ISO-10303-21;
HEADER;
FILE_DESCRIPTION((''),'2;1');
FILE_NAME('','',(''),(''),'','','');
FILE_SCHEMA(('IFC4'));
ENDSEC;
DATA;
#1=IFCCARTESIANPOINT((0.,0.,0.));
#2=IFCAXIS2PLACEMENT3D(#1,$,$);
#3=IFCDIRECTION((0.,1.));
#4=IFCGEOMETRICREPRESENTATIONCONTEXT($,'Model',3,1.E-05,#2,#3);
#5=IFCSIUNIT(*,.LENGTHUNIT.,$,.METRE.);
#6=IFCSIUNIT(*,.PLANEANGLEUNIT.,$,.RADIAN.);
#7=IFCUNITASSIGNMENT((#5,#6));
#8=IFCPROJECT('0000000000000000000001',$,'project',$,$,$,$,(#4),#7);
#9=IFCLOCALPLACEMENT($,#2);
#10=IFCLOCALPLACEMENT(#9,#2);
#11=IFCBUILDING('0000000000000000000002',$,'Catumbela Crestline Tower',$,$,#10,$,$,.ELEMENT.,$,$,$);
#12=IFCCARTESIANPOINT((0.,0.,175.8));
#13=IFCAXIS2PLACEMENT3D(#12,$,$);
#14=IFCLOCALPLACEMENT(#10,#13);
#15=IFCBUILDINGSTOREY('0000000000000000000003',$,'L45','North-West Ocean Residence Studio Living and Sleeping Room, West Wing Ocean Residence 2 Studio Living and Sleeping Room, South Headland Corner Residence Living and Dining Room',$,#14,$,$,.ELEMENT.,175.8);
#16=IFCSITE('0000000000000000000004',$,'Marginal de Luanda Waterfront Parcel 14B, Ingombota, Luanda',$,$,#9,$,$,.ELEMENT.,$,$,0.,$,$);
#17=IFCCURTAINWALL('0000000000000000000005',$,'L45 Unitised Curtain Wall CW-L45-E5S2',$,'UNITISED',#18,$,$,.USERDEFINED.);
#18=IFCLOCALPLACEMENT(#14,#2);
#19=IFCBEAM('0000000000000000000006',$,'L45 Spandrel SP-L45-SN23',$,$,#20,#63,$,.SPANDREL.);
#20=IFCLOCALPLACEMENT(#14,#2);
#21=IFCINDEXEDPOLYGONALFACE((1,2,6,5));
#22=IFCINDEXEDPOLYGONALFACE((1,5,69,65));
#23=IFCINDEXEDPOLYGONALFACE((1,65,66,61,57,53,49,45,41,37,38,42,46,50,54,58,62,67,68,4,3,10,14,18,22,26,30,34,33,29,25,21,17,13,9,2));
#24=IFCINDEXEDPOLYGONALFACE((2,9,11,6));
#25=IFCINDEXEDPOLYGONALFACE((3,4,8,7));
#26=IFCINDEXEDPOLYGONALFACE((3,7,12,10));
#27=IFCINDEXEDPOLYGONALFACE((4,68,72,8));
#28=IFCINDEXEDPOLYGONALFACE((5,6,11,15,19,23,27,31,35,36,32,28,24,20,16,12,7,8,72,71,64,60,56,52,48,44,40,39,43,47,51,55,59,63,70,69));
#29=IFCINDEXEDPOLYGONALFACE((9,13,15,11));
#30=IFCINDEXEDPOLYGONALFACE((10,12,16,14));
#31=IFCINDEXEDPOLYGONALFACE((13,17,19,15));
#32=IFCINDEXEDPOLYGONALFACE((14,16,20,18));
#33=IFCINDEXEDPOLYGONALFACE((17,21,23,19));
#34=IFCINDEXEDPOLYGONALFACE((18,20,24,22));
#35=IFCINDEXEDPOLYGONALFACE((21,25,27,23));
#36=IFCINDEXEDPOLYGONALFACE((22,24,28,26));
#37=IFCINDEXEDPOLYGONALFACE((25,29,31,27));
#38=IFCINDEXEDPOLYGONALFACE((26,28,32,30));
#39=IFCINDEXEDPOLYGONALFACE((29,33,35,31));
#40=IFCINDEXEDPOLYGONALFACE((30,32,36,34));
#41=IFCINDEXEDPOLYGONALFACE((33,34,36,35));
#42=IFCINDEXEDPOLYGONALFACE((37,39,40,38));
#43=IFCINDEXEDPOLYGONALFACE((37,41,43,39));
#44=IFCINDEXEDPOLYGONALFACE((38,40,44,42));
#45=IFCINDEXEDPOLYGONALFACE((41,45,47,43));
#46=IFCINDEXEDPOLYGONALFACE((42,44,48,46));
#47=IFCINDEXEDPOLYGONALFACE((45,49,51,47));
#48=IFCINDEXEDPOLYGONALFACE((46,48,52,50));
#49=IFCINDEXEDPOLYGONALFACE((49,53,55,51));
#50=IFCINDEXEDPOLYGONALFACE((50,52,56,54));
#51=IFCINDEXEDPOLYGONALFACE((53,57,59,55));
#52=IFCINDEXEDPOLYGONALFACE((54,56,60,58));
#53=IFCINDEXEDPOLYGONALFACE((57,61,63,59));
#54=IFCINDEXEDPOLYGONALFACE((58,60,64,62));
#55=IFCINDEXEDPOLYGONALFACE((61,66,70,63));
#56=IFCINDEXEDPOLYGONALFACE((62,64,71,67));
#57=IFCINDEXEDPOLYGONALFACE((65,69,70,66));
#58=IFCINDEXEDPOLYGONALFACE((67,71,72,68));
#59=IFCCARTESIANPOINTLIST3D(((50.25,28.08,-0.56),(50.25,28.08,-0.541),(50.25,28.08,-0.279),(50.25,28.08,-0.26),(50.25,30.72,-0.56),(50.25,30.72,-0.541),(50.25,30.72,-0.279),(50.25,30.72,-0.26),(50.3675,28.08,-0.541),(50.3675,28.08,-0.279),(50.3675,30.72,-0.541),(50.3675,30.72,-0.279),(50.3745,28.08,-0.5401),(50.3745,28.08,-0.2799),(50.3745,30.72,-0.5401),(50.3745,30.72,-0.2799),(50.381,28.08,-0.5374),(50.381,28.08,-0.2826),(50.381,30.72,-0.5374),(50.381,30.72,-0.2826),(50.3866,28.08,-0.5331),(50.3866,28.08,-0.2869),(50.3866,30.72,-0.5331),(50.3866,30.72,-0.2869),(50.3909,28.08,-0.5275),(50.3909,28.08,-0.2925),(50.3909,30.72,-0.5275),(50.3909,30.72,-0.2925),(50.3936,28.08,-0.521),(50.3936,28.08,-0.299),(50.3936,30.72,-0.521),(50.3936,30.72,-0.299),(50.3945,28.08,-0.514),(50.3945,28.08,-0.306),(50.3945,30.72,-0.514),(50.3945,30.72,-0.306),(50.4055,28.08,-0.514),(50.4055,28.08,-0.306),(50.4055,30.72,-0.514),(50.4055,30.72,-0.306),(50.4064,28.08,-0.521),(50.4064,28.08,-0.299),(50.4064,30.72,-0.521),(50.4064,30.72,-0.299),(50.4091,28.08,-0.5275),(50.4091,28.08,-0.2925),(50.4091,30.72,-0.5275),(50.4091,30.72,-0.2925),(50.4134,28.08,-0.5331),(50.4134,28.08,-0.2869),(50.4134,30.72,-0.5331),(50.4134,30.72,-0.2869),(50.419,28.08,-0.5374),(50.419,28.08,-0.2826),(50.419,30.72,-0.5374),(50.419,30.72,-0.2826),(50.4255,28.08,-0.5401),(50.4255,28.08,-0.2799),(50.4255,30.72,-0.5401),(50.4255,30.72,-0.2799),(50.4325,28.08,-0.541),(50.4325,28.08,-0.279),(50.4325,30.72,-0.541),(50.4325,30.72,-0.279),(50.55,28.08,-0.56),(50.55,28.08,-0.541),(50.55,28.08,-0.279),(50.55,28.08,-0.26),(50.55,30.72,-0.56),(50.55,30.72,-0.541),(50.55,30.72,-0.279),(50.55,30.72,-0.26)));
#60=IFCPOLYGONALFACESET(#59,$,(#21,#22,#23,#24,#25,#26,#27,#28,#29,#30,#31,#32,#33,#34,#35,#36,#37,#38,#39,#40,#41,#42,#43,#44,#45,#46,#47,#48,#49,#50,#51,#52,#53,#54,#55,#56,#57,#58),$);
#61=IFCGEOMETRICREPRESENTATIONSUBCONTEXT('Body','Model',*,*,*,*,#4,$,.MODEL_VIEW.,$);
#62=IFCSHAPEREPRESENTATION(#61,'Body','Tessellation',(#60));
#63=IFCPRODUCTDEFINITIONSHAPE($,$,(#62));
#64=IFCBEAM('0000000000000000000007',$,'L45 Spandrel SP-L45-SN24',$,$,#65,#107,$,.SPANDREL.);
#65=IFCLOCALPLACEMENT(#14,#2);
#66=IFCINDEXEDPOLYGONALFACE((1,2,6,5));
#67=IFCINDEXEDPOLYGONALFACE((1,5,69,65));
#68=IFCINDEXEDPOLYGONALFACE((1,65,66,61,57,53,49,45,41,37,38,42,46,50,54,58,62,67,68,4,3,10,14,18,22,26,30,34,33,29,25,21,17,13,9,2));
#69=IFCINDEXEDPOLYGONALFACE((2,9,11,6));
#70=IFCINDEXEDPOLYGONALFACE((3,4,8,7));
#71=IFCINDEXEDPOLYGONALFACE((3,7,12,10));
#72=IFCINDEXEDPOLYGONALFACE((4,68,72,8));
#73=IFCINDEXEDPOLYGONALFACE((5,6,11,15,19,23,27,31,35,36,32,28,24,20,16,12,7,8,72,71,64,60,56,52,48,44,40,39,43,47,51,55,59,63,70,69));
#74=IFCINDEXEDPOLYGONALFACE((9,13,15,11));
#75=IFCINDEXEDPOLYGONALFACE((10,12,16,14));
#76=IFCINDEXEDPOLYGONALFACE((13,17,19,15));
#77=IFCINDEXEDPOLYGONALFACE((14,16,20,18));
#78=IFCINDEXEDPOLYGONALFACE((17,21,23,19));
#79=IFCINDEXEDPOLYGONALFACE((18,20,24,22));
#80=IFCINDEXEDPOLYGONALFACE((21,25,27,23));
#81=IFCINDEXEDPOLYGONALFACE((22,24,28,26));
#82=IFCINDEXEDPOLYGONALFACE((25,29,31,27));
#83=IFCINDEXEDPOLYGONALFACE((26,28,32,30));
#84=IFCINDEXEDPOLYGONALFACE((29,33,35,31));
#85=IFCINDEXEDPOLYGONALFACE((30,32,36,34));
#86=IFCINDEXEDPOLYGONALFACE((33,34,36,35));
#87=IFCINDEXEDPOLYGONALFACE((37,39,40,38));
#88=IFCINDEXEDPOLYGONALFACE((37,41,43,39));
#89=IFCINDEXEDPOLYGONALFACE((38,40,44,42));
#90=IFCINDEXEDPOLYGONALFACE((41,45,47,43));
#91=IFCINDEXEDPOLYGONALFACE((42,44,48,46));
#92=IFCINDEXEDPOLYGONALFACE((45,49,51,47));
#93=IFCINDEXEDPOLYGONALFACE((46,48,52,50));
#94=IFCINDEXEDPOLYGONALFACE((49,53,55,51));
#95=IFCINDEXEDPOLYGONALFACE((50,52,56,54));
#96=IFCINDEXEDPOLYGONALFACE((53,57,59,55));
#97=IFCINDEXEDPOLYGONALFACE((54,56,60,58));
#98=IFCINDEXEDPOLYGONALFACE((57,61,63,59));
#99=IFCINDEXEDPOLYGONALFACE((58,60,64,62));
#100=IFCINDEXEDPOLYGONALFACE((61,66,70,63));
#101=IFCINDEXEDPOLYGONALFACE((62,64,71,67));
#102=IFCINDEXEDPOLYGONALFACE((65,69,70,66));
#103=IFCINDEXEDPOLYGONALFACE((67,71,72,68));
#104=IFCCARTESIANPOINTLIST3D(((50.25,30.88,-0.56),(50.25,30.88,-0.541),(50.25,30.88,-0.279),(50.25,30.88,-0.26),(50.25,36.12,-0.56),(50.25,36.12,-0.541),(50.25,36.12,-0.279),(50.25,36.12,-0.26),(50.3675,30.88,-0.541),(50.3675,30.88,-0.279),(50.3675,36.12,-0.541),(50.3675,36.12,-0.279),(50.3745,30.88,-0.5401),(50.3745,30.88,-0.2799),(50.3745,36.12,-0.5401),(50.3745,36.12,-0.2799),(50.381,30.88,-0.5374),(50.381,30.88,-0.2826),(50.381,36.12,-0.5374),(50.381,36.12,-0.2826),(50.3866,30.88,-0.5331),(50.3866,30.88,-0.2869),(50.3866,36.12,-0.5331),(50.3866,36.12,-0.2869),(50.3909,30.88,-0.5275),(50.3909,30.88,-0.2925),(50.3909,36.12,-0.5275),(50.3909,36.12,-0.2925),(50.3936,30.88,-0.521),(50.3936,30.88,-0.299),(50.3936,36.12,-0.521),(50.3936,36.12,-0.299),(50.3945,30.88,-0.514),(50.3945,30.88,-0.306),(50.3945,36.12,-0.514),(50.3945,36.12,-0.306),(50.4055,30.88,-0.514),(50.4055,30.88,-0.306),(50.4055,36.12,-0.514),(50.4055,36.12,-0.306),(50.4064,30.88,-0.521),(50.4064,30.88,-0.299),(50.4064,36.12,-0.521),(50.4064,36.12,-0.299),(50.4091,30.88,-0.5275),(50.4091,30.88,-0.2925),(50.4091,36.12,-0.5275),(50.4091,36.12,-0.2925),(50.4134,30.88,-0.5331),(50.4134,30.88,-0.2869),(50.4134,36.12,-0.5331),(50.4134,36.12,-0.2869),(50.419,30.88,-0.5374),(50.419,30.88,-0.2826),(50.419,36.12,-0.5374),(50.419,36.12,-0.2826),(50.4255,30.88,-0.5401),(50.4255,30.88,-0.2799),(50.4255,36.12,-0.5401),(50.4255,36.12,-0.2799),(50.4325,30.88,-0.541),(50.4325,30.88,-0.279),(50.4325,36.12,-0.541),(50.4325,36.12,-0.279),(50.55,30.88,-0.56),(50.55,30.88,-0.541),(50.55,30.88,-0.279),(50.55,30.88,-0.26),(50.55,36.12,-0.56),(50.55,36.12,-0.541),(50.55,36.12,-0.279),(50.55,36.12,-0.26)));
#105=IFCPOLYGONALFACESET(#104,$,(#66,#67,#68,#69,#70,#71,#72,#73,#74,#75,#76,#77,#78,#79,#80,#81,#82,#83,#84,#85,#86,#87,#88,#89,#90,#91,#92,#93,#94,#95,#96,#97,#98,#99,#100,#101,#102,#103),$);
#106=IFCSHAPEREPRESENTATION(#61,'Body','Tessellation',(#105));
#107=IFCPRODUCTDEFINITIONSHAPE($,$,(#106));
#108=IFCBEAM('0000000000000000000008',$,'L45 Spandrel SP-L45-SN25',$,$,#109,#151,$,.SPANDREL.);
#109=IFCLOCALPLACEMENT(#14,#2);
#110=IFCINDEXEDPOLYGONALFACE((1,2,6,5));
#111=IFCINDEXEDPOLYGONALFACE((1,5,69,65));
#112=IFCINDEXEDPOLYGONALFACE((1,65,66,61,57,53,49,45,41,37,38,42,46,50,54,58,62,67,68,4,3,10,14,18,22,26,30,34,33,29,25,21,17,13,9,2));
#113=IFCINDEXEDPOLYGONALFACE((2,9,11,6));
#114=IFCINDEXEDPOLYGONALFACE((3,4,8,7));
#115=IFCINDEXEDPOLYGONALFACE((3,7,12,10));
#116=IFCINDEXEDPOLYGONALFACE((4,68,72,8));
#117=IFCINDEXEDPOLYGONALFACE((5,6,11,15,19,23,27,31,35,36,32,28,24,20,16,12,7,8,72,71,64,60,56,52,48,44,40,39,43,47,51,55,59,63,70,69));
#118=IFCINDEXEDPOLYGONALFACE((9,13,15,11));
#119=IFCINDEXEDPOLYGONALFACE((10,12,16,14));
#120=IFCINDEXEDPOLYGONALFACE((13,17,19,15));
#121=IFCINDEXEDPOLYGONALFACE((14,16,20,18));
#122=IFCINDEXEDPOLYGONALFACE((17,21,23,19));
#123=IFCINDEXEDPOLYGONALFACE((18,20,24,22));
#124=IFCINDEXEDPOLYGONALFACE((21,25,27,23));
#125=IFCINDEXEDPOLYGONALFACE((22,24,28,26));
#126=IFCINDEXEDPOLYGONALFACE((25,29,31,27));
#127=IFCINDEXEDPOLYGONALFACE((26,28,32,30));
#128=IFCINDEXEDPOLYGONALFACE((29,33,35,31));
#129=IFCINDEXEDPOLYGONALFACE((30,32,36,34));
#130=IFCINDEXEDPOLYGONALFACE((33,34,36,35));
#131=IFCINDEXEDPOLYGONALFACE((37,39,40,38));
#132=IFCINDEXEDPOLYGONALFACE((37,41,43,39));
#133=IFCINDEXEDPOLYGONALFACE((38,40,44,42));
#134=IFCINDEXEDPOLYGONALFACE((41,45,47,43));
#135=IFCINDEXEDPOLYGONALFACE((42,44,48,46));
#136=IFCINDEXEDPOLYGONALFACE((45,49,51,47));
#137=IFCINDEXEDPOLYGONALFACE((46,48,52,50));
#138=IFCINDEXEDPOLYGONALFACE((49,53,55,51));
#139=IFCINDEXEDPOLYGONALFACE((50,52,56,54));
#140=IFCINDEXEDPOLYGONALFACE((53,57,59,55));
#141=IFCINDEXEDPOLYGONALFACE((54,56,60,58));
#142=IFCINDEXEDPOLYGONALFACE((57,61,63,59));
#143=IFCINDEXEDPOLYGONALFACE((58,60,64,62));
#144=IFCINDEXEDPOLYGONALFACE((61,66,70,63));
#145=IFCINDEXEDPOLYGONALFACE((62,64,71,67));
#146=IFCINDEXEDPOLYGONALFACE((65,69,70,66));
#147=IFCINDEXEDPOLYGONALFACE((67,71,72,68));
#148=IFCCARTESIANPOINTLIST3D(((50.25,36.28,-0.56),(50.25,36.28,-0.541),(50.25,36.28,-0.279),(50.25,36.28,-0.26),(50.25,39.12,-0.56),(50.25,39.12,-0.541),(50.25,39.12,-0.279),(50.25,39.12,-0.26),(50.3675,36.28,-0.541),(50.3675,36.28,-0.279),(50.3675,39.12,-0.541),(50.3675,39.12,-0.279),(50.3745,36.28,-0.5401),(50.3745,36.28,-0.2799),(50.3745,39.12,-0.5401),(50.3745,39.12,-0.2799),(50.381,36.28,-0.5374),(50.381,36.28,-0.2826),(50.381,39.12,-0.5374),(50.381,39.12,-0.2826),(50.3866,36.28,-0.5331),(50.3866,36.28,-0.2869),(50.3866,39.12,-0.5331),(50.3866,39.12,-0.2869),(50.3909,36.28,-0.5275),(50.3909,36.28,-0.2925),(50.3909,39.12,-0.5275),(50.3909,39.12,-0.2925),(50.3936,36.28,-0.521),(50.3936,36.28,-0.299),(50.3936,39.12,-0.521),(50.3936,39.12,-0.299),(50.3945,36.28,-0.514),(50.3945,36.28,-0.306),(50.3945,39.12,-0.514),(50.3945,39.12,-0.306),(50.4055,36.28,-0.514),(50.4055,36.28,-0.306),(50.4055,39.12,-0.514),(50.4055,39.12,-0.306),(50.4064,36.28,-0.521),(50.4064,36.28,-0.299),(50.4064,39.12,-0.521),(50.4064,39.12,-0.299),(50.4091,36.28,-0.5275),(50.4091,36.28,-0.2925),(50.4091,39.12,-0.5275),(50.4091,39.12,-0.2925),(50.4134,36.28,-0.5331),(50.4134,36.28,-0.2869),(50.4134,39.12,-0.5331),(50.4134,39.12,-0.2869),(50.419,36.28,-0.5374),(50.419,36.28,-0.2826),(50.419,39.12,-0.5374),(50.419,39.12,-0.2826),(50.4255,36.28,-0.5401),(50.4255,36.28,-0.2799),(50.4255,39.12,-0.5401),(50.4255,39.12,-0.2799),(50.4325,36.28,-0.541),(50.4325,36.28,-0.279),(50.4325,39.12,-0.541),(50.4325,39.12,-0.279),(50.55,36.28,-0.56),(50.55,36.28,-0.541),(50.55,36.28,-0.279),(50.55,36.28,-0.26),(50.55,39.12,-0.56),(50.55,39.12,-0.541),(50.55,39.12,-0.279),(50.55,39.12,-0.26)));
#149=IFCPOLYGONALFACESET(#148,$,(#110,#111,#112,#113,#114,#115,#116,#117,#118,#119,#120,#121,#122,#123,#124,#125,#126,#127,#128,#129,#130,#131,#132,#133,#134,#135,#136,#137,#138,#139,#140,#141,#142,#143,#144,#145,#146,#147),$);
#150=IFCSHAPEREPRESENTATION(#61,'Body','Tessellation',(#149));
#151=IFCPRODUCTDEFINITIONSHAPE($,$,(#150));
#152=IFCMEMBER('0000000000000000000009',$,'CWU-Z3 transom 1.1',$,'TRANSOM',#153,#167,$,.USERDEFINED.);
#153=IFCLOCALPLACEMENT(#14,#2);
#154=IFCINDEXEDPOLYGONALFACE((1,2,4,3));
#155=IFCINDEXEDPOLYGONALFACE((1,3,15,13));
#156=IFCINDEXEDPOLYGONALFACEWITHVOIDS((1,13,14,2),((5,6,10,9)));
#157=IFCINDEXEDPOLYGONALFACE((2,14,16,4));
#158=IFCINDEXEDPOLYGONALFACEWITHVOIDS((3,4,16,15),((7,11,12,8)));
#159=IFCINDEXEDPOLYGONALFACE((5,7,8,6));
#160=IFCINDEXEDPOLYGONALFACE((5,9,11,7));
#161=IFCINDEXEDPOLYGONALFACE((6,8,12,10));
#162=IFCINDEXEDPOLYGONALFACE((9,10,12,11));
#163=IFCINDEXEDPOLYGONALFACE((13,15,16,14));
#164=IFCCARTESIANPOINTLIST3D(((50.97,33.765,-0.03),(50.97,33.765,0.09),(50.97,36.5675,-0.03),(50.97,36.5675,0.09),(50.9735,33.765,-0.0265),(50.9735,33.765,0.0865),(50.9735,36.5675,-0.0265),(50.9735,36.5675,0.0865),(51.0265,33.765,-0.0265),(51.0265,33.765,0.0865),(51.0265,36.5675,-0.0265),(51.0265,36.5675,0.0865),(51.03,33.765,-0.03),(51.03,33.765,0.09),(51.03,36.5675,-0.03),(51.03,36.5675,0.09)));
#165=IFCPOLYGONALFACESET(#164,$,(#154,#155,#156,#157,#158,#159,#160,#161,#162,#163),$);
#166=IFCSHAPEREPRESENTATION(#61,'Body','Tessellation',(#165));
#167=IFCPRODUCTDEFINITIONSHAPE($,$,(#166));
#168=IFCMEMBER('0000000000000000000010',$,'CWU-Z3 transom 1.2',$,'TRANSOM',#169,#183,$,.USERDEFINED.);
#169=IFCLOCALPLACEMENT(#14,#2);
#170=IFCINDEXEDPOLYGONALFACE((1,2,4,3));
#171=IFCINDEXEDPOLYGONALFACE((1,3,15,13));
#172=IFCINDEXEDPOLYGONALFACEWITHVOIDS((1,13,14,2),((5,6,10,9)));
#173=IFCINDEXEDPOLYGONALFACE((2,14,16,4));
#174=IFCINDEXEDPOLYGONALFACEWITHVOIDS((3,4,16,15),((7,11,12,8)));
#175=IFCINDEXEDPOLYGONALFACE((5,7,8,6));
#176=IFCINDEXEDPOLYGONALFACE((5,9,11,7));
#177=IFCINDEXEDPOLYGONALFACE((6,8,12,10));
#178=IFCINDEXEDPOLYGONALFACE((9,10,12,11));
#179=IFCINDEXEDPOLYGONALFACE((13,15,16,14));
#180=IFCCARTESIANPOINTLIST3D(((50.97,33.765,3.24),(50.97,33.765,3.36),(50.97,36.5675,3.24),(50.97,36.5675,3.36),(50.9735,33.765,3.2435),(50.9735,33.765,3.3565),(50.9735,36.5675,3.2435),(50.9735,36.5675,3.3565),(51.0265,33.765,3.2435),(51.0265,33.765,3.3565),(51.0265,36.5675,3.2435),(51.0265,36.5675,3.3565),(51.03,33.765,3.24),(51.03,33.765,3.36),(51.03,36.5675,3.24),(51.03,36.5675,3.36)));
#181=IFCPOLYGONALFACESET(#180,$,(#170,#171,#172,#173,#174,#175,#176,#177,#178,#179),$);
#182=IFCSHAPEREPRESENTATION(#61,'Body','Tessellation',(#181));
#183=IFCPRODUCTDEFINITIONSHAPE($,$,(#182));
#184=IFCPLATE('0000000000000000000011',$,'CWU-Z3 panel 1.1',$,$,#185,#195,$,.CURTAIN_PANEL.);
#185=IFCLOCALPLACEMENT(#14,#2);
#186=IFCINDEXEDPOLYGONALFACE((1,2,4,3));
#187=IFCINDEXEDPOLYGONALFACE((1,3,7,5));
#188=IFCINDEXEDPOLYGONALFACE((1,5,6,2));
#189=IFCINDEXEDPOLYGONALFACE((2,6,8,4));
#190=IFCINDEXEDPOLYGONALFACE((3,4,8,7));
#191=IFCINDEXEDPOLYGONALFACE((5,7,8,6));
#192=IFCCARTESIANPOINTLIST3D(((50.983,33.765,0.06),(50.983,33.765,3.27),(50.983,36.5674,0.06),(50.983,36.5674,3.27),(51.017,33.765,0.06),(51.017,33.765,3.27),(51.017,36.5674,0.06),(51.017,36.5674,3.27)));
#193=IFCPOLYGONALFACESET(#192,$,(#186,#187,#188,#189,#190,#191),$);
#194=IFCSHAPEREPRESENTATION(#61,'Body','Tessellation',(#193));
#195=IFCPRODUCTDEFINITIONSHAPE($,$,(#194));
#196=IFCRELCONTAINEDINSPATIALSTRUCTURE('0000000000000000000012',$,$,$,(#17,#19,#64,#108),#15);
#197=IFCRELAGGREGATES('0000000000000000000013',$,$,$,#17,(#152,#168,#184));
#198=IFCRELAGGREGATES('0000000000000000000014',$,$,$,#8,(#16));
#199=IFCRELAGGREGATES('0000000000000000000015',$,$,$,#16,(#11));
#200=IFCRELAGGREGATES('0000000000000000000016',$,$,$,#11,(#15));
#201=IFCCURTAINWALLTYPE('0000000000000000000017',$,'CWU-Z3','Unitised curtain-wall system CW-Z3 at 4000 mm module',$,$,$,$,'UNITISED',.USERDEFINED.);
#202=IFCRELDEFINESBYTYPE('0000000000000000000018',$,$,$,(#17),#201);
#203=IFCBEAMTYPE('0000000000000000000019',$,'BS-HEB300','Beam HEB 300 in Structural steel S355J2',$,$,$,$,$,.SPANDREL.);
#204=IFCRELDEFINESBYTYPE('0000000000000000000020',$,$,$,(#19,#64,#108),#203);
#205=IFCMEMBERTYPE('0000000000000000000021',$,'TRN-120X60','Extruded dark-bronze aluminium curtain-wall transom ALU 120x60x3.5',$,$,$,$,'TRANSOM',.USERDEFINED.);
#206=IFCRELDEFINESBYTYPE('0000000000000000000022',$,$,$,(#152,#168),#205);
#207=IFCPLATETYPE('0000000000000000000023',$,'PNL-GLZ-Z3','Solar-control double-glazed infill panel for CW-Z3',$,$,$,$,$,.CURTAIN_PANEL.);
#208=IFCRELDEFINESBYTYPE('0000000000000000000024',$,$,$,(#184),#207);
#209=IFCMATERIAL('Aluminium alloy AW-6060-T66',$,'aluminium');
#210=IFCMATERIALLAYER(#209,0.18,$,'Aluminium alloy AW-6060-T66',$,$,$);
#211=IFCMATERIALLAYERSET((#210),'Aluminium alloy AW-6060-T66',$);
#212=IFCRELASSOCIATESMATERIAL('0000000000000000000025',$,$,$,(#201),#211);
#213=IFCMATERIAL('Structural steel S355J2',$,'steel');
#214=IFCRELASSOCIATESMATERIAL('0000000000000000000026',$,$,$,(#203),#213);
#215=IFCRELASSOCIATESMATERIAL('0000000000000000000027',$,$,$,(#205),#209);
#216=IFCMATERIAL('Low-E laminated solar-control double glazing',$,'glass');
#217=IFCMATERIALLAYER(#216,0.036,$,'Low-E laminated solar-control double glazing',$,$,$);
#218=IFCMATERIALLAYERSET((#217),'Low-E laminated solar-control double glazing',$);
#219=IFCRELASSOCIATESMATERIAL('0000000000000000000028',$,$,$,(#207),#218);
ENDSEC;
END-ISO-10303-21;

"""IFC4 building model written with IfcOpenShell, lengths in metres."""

from ifc_helpers import new_model, si_unit, direction, frame, origin, origin_2d, place, context, subcontext, project, spatial, rectangle, hollow_rectangle, i_section, extrude, material, layer, layer_set, material_profile, profile_set, type_object, element, aggregate, save


model = new_model("IFC4")

# Units and contexts
model_context = context("Model", 3, precision=1e-05, world=origin(), true_north=direction((0.0, 1.0)))
body_context = subcontext(model_context, "Body", "Model", "MODEL_VIEW")
ifc_project = project(units=[si_unit("LENGTHUNIT", "METRE"), si_unit("PLANEANGLEUNIT", "RADIAN")], contexts=[model_context])

# Site, building, storey
site_placement = place(None, origin())
site = spatial("IfcSite", under=ifc_project, at=site_placement, Name="Marginal de Luanda Waterfront Parcel 14B, Ingombota, Luanda", CompositionType="ELEMENT", RefElevation=0.0)
building_placement = place(site_placement, origin())
building = spatial("IfcBuilding", under=site, at=building_placement, Name="Catumbela Crestline Tower", CompositionType="ELEMENT")
storey_placement = place(building_placement, frame((0.0, 0.0, 175.8)))
storey = spatial("IfcBuildingStorey", under=building, at=storey_placement, Name="L45", Description="North-West Ocean Residence Studio Living and Sleeping Room, West Wing Ocean Residence 2 Studio Living and Sleeping Room, South Headland Corner Residence Living and Dining Room", CompositionType="ELEMENT", Elevation=175.8)

# Shared definitions
ifc_material_1 = material(Name="Structural steel S355J2", Category="steel")

# Curtain wall
ifc_material_2 = material(Name="Aluminium alloy AW-6060-T66", Category="aluminium")
ifc_layer_1 = layer(ifc_material_2, 0.18, Name="Aluminium alloy AW-6060-T66")
ifc_layer_set_1 = layer_set([ifc_layer_1], Name="Aluminium alloy AW-6060-T66")
curtain_wall_type = type_object("IfcCurtainWallType", Name="CWU-Z3", Description="Unitised curtain-wall system CW-Z3 at 4000 mm module", ElementType="UNITISED", PredefinedType="USERDEFINED", material=ifc_layer_set_1)
curtain_wall_placement = place(storey_placement, origin())
curtain_wall = element("IfcCurtainWall", 1, at=curtain_wall_placement, inside=storey, type_object=curtain_wall_type, Name="L45 Unitised Curtain Wall CW-L45-E5S2", ObjectType="UNITISED", PredefinedType="USERDEFINED")

# Beams
ifc_material_profile_1 = material_profile(ifc_material_1, i_section(OverallWidth=0.3, OverallDepth=0.3, WebThickness=0.011, FlangeThickness=0.019, FilletRadius=0.027, at=origin_2d()), Name="HEB 300")
ifc_profile_set_1 = profile_set([ifc_material_profile_1], Name="Structural steel S355J2")
beam_type_1 = type_object("IfcBeamType", Name="BS-HEB300", Description="Beam HEB 300 in Structural steel S355J2", PredefinedType="SPANDREL", material=ifc_profile_set_1)
beam_1_placement = place(storey_placement, frame((50.4, 28.08, -0.41), z_axis=(0.0, 1.0, 0.0), x_axis=(-1.0, 0.0, 0.0)))
element("IfcBeam", 2, at=beam_1_placement, inside=storey, type_object=beam_type_1, Name="L45 Spandrel SP-L45-SN23", PredefinedType="SPANDREL", context=body_context, shape_type="SweptSolid", body=[
    extrude(i_section(OverallWidth=0.3, OverallDepth=0.3, WebThickness=0.011, FlangeThickness=0.019, FilletRadius=0.027, at=origin_2d()), origin(), (0.0, 0.0, 1.0), 2.64),
])
beam_2_placement = place(storey_placement, frame((50.4, 30.88, -0.41), z_axis=(0.0, 1.0, 0.0), x_axis=(-1.0, 0.0, 0.0)))
element("IfcBeam", 3, at=beam_2_placement, inside=storey, type_object=beam_type_1, Name="L45 Spandrel SP-L45-SN24", PredefinedType="SPANDREL", context=body_context, shape_type="SweptSolid", body=[
    extrude(i_section(OverallWidth=0.3, OverallDepth=0.3, WebThickness=0.011, FlangeThickness=0.019, FilletRadius=0.027, at=origin_2d()), origin(), (0.0, 0.0, 1.0), 5.24),
])
beam_3_placement = place(storey_placement, frame((50.4, 36.28, -0.41), z_axis=(0.0, 1.0, 0.0), x_axis=(-1.0, 0.0, 0.0)))
element("IfcBeam", 4, at=beam_3_placement, inside=storey, type_object=beam_type_1, Name="L45 Spandrel SP-L45-SN25", PredefinedType="SPANDREL", context=body_context, shape_type="SweptSolid", body=[
    extrude(i_section(OverallWidth=0.3, OverallDepth=0.3, WebThickness=0.011, FlangeThickness=0.019, FilletRadius=0.027, at=origin_2d()), origin(), (0.0, 0.0, 1.0), 2.84),
])

# Members
ifc_material_profile_2 = material_profile(ifc_material_2, hollow_rectangle(XDim=0.06, YDim=0.12, WallThickness=0.0035, at=origin_2d()), Name="ALU 120x60x3.5")
ifc_profile_set_2 = profile_set([ifc_material_profile_2], Name="Aluminium alloy AW-6060-T66")
member_type_1 = type_object("IfcMemberType", Name="TRN-120X60", Description="Extruded dark-bronze aluminium curtain-wall transom ALU 120x60x3.5", ElementType="TRANSOM", PredefinedType="USERDEFINED", material=ifc_profile_set_2)
member_1_placement = place(storey_placement, frame((51.0, 33.765, 0.03), z_axis=(0.0, 1.0, 0.0), x_axis=(-1.0, 0.0, 0.0)))
member_1 = element("IfcMember", 5, at=member_1_placement, type_object=member_type_1, Name="CWU-Z3 transom 1.1", ObjectType="TRANSOM", PredefinedType="USERDEFINED", context=body_context, shape_type="SweptSolid", body=[
    extrude(hollow_rectangle(XDim=0.06, YDim=0.12, WallThickness=0.0035, at=origin_2d()), origin(), (0.0, 0.0, 1.0), 2.8025),
])
member_2_placement = place(storey_placement, frame((51.0, 33.765, 3.3), z_axis=(0.0, 1.0, 0.0), x_axis=(-1.0, 0.0, 0.0)))
member_2 = element("IfcMember", 6, at=member_2_placement, type_object=member_type_1, Name="CWU-Z3 transom 1.2", ObjectType="TRANSOM", PredefinedType="USERDEFINED", context=body_context, shape_type="SweptSolid", body=[
    extrude(hollow_rectangle(XDim=0.06, YDim=0.12, WallThickness=0.0035, at=origin_2d()), origin(), (0.0, 0.0, 1.0), 2.8025),
])

# Plate
ifc_material_3 = material(Name="Low-E laminated solar-control double glazing", Category="glass")
ifc_layer_2 = layer(ifc_material_3, 0.036, Name="Low-E laminated solar-control double glazing")
ifc_layer_set_2 = layer_set([ifc_layer_2], Name="Low-E laminated solar-control double glazing")
plate_type = type_object("IfcPlateType", Name="PNL-GLZ-Z3", Description="Solar-control double-glazed infill panel for CW-Z3", PredefinedType="CURTAIN_PANEL", material=ifc_layer_set_2)
plate_placement = place(storey_placement, frame((51.0, 35.1662, 0.06), z_axis=(0.0, 0.0, 1.0), x_axis=(0.0, 1.0, 0.0)))
plate = element("IfcPlate", 7, at=plate_placement, type_object=plate_type, Name="CWU-Z3 panel 1.1", PredefinedType="CURTAIN_PANEL", context=body_context, shape_type="SweptSolid", body=[
    extrude(rectangle(XDim=2.8025, YDim=0.034, at=origin_2d()), origin(), (0.0, 0.0, 1.0), 3.21),
])
aggregate(curtain_wall, [member_1, member_2, plate])

save(model, "model.ifc")
